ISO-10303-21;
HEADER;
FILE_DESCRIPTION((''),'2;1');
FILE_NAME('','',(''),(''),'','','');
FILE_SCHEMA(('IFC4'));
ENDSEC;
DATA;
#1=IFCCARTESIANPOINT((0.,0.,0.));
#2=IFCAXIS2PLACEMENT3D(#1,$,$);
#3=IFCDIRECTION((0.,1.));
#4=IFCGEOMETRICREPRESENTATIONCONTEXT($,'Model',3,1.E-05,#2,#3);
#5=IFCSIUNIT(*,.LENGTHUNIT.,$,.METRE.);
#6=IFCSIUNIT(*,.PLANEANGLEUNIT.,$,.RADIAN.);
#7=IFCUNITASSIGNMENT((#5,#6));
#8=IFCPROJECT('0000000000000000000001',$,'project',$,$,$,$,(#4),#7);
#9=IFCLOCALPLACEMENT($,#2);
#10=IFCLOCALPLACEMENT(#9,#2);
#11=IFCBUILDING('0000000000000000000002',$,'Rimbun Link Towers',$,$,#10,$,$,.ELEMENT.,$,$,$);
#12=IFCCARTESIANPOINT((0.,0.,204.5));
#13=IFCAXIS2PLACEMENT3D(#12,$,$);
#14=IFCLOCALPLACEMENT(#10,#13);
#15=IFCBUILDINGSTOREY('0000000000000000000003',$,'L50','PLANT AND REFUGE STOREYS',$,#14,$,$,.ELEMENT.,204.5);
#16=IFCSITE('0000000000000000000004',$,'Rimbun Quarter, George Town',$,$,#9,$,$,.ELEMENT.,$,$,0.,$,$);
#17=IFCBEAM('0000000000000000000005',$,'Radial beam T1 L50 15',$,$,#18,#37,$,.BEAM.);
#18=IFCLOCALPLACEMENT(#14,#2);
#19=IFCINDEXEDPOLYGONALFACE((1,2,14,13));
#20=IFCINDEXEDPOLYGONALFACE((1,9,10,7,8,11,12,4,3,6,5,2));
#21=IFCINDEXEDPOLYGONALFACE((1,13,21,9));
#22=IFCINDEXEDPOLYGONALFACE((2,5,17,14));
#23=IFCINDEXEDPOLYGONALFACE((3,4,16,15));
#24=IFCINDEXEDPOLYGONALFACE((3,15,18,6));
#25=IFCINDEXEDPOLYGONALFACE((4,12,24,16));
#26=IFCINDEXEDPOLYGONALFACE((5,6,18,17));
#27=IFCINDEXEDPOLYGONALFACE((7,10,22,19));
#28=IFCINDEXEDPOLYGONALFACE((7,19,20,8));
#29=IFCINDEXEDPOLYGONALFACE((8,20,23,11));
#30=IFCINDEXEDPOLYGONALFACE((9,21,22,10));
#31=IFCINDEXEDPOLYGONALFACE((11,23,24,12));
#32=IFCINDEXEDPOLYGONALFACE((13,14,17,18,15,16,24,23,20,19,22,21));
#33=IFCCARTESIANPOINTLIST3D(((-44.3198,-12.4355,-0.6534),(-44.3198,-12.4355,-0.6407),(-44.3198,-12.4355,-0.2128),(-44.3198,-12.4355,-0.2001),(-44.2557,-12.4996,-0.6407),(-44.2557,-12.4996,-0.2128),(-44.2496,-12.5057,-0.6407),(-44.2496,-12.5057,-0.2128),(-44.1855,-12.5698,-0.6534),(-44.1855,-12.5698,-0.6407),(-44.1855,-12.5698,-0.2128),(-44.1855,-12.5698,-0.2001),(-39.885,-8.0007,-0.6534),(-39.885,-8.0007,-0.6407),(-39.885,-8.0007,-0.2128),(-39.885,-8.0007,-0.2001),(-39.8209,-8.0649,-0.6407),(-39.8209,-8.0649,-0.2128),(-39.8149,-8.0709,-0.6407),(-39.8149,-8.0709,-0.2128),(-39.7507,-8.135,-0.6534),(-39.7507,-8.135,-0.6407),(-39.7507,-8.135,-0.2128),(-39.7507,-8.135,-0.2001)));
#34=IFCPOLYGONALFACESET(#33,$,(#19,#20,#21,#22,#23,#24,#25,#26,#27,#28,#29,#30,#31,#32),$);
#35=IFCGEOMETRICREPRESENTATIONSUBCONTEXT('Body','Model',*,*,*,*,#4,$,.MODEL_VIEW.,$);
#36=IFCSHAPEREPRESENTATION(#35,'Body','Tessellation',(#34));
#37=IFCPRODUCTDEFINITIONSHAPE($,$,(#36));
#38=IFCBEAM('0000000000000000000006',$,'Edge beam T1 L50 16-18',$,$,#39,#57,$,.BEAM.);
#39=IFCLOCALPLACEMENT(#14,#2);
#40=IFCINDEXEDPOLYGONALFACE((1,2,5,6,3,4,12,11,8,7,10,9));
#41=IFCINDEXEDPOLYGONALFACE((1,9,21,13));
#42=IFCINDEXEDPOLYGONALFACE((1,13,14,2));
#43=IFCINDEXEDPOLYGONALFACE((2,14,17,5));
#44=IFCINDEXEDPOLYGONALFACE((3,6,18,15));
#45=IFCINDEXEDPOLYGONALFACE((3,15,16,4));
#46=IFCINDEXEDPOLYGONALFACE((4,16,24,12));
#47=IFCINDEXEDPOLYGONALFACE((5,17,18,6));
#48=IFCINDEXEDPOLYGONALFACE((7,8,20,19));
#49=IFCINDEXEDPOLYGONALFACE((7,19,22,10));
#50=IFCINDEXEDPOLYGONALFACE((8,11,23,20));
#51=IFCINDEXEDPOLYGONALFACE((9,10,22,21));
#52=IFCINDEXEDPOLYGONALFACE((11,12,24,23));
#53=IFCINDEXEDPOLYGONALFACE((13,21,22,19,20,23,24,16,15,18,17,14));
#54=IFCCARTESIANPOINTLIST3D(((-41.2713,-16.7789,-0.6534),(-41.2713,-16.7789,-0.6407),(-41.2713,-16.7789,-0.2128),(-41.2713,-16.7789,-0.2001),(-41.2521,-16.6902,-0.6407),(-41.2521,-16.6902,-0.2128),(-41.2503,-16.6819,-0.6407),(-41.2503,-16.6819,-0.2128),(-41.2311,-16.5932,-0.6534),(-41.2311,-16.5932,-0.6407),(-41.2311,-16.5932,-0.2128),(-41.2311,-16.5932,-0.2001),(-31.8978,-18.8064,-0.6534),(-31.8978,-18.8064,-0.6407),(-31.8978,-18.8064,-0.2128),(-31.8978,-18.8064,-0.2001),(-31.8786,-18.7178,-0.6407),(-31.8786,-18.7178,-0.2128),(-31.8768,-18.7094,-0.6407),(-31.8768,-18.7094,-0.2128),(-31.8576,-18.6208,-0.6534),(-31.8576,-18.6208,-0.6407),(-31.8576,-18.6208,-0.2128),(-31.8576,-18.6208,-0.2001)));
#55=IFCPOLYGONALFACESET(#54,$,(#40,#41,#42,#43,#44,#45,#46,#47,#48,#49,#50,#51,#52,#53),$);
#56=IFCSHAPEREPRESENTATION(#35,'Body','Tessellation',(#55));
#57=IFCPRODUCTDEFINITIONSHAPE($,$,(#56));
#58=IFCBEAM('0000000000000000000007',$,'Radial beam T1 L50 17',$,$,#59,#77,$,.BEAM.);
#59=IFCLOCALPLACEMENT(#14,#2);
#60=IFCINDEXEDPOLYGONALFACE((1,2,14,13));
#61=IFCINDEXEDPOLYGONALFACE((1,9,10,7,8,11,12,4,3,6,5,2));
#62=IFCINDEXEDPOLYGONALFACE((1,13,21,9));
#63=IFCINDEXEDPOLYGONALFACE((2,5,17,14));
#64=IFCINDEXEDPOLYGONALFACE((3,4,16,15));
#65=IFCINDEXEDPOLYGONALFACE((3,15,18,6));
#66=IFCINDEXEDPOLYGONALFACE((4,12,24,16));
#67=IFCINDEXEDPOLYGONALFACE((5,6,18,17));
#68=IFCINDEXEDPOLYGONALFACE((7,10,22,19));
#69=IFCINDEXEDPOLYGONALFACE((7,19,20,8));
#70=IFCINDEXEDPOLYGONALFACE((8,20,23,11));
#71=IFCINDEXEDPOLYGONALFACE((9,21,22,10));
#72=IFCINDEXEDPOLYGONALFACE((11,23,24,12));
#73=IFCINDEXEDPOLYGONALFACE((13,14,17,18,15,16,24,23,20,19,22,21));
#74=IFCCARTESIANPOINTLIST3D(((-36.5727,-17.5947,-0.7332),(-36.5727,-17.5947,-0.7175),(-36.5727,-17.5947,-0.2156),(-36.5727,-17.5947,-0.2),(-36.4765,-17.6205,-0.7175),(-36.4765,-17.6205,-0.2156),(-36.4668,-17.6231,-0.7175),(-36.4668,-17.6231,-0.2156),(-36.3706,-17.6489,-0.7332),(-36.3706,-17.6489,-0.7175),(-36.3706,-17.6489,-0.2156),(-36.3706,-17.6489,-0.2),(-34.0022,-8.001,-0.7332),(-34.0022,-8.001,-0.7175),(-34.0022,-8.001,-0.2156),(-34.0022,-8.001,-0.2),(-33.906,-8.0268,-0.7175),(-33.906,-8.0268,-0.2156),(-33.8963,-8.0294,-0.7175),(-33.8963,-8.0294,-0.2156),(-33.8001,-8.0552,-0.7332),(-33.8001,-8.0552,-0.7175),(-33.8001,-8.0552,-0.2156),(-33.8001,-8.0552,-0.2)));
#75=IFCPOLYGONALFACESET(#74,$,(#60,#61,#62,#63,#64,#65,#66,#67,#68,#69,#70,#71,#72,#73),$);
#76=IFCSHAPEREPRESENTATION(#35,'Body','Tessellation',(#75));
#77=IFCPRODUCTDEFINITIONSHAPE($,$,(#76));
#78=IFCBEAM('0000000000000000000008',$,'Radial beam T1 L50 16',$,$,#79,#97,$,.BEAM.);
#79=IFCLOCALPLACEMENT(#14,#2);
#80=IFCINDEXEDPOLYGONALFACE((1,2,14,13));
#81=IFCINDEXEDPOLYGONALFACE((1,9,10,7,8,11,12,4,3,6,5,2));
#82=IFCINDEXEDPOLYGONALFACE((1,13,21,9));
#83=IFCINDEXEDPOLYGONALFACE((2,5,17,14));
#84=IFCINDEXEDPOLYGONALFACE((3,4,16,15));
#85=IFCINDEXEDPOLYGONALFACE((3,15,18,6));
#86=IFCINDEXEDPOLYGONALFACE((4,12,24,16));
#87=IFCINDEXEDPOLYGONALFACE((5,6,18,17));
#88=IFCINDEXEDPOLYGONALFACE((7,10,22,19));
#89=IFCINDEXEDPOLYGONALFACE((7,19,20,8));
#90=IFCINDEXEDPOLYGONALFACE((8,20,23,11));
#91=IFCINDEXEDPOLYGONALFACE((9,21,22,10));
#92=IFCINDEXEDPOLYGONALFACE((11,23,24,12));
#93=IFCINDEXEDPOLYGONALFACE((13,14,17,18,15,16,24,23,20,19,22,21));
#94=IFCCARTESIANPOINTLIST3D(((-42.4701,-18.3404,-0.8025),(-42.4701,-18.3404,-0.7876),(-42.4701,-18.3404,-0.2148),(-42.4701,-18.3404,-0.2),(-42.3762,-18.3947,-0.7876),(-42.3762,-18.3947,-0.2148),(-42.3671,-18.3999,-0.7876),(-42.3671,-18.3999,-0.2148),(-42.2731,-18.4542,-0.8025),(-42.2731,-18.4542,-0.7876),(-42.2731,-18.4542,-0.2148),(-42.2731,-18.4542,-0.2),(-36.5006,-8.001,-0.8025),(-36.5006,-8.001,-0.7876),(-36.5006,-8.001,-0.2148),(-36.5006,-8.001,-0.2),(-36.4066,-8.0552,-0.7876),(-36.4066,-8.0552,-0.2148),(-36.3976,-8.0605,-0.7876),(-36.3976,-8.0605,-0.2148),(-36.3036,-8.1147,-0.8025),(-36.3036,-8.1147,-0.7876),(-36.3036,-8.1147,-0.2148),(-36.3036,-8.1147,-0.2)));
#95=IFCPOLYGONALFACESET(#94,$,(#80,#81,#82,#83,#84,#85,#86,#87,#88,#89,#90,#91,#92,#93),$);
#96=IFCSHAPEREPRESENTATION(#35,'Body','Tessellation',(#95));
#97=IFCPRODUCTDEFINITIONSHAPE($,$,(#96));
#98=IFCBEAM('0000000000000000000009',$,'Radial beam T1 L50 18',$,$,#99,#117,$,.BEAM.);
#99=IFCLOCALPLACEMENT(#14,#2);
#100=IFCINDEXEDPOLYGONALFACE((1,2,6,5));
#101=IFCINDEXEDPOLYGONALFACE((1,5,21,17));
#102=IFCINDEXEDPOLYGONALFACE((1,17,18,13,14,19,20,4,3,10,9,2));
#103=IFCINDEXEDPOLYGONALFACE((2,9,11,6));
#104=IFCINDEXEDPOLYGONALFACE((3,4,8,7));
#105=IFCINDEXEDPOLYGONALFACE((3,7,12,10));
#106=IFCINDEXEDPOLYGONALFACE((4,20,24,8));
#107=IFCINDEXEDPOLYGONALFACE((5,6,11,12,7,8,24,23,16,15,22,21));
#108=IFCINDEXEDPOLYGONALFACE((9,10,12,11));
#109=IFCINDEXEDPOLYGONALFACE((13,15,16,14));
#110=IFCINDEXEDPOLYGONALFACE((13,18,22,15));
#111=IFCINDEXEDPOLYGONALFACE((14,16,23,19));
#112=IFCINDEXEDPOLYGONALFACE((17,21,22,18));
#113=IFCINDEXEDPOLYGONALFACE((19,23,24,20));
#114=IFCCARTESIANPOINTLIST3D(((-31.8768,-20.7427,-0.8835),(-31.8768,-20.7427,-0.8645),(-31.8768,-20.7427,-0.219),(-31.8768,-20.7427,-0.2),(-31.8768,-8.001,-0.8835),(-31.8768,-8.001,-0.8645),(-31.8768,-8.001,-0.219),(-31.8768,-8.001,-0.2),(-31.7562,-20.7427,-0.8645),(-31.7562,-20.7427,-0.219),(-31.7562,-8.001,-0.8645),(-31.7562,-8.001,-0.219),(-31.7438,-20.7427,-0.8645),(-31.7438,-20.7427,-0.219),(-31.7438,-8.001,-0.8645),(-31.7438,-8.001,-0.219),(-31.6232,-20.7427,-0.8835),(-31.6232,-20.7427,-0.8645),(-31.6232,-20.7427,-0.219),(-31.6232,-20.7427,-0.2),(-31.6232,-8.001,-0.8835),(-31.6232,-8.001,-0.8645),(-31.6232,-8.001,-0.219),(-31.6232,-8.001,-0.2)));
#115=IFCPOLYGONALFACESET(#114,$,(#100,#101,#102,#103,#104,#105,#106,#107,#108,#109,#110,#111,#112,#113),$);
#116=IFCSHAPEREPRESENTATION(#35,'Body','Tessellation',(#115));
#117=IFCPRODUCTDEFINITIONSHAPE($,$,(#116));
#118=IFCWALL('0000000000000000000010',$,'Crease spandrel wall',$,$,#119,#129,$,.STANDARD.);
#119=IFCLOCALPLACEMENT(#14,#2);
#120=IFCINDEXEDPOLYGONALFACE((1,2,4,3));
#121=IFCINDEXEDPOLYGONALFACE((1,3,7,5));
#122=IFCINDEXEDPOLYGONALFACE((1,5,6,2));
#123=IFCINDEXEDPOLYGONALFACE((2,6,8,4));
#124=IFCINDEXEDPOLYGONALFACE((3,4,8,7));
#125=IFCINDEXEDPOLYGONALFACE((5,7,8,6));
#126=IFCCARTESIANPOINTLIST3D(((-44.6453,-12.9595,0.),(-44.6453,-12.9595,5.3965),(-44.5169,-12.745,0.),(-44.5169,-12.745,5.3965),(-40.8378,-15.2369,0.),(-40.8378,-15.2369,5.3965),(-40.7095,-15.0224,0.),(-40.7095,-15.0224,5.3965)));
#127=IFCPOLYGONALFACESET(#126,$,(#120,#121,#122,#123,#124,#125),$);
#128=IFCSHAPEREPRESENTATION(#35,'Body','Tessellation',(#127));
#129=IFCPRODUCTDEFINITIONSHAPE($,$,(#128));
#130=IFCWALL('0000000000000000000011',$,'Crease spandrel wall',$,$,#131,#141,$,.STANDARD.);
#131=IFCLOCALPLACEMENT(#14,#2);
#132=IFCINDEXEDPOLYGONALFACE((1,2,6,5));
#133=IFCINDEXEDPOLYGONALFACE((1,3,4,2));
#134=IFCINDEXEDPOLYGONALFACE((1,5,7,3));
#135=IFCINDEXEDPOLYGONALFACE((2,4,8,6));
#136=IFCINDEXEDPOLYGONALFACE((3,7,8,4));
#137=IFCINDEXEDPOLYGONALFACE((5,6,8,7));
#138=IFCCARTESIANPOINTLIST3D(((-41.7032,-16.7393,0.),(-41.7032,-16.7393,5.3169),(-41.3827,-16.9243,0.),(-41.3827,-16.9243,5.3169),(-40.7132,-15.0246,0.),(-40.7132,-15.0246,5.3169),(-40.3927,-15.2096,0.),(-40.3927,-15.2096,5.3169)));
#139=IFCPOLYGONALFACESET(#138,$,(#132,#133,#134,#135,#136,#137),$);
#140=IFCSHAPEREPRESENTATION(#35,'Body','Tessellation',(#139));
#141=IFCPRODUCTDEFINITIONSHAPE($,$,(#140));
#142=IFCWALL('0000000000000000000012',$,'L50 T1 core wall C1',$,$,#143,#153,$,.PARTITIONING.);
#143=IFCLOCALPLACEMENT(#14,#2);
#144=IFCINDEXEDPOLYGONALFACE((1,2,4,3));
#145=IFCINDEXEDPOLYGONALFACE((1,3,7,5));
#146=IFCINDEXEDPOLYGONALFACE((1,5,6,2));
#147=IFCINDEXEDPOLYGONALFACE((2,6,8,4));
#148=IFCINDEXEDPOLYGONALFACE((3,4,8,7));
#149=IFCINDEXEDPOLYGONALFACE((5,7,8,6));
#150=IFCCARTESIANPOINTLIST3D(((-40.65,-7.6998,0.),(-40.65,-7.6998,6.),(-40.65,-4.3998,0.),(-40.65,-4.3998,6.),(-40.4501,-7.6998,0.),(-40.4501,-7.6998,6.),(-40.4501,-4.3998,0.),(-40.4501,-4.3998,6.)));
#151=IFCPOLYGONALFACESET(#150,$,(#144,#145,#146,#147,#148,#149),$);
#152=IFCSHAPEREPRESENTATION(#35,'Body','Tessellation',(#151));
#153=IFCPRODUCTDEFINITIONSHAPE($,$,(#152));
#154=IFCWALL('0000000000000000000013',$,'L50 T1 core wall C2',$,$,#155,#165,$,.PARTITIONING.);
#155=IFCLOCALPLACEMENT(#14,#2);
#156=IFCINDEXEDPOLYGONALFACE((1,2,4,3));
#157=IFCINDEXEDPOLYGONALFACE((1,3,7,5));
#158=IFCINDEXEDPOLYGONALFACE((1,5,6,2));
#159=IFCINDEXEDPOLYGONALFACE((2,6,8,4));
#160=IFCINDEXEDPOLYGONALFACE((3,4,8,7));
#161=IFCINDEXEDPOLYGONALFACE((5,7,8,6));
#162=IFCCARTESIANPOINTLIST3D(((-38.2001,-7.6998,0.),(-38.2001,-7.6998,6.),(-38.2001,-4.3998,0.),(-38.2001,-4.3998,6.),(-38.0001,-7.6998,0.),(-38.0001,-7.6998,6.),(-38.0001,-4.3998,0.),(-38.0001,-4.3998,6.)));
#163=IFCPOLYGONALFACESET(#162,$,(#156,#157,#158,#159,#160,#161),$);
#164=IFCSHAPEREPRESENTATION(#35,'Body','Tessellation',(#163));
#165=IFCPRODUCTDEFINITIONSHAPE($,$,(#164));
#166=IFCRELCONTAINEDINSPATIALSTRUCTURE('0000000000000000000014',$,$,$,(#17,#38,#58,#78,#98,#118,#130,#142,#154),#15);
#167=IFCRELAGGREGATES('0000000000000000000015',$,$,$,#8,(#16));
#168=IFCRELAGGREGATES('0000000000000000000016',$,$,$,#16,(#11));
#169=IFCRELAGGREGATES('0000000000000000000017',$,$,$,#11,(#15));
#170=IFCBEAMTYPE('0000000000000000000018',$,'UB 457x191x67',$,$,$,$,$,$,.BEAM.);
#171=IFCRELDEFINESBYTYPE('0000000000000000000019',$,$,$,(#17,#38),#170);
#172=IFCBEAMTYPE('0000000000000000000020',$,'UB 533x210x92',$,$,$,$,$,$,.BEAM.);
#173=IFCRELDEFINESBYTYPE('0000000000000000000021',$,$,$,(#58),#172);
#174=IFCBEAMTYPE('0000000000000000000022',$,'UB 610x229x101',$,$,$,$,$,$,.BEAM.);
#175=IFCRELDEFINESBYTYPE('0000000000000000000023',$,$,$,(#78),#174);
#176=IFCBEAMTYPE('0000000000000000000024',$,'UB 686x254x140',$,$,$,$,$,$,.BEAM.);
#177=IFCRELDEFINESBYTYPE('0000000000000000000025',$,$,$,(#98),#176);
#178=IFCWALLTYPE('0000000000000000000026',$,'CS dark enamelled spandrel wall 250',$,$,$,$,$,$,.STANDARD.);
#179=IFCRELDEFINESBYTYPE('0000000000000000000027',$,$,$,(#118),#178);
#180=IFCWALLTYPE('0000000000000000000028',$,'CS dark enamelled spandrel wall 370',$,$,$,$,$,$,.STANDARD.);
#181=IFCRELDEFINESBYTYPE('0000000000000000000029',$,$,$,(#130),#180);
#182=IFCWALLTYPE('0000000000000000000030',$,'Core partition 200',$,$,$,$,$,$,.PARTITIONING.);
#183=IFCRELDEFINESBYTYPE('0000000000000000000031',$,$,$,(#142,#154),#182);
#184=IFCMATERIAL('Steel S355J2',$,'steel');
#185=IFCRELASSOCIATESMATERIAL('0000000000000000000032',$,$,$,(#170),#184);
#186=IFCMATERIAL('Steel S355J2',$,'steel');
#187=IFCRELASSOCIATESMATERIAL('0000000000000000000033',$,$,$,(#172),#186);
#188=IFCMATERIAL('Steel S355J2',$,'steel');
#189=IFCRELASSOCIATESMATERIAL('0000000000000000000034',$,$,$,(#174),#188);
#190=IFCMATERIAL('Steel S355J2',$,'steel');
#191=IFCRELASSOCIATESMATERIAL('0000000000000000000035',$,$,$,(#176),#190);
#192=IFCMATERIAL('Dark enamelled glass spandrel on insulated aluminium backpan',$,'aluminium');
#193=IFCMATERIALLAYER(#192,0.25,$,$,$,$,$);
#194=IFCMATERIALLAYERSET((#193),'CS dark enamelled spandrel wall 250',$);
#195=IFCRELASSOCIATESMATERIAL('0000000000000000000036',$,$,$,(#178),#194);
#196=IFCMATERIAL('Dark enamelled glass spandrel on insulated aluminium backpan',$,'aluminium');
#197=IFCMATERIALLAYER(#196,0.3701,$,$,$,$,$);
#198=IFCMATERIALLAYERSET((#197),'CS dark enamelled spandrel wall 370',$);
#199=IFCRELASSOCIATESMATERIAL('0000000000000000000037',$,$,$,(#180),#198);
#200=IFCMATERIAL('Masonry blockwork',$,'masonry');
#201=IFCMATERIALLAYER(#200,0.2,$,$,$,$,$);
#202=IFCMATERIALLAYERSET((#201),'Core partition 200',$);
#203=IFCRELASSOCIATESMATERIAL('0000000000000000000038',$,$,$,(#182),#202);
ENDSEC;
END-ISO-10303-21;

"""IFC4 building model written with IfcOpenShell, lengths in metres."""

from ifc_helpers import new_model, si_unit, direction, frame, frame_2d, origin, origin_2d, place, context, subcontext, project, spatial, rectangle, i_section, extrude, material, layer, layer_set, material_profile, profile_set, type_object, element, save


model = new_model("IFC4")

# Units and contexts
model_context = context("Model", 3, precision=1e-05, world=origin(), true_north=direction((0.0, 1.0)))
body_context = subcontext(model_context, "Body", "Model", "MODEL_VIEW")
ifc_project = project(units=[si_unit("LENGTHUNIT", "METRE"), si_unit("PLANEANGLEUNIT", "RADIAN")], contexts=[model_context])

# Site, building, storey
site_placement = place(None, origin())
site = spatial("IfcSite", under=ifc_project, at=site_placement, Name="Rimbun Quarter, George Town", CompositionType="ELEMENT", RefElevation=0.0)
building_placement = place(site_placement, origin())
building = spatial("IfcBuilding", under=site, at=building_placement, Name="Rimbun Link Towers", CompositionType="ELEMENT")
storey_placement = place(building_placement, frame((0.0, 0.0, 204.5)))
storey = spatial("IfcBuildingStorey", under=building, at=storey_placement, Name="L50", Description="PLANT AND REFUGE STOREYS", CompositionType="ELEMENT", Elevation=204.5)

# Beams
ifc_material_1 = material(Name="Steel S355J2", Category="steel")
ifc_material_profile_1 = material_profile(ifc_material_1, i_section(OverallWidth=0.1899, OverallDepth=0.4534, WebThickness=0.0085, FlangeThickness=0.0127, at=origin_2d()), Name="UB 457x191x67")
ifc_profile_set_1 = profile_set([ifc_material_profile_1], Name="Steel S355J2")
beam_type_1 = type_object("IfcBeamType", Name="UB 457x191x67", PredefinedType="BEAM", material=ifc_profile_set_1)
beam_1_placement = place(storey_placement, frame((-39.8179, -8.0679, -0.4268), z_axis=(-0.707107, -0.707107, 0.0), x_axis=(0.707107, -0.707107, 0.0)))
element("IfcBeam", 1, at=beam_1_placement, inside=storey, type_object=beam_type_1, Name="Radial beam T1 L50 15", PredefinedType="BEAM", context=body_context, shape_type="SweptSolid", body=[
    extrude(i_section(OverallWidth=0.1899, OverallDepth=0.4534, WebThickness=0.0085, FlangeThickness=0.0127, at=origin_2d()), origin(), (0.0, 0.0, 1.0), 6.2717),
])
beam_2_placement = place(storey_placement, frame((-41.2512, -16.686, -0.4268), z_axis=(0.977395, -0.21142, 0.0), x_axis=(0.21142, 0.977395, 0.0)))
element("IfcBeam", 2, at=beam_2_placement, inside=storey, type_object=beam_type_1, Name="Edge beam T1 L50 16-18", PredefinedType="BEAM", context=body_context, shape_type="SweptSolid", body=[
    extrude(i_section(OverallWidth=0.1899, OverallDepth=0.4534, WebThickness=0.0085, FlangeThickness=0.0127, at=origin_2d()), origin(), (0.0, 0.0, 1.0), 9.5903),
])
ifc_material_2 = material(Name="Steel S355J2", Category="steel")
ifc_material_profile_2 = material_profile(ifc_material_2, i_section(OverallWidth=0.2092, OverallDepth=0.5332, WebThickness=0.01, FlangeThickness=0.0156, at=origin_2d()), Name="UB 533x210x92")
ifc_profile_set_2 = profile_set([ifc_material_profile_2], Name="Steel S355J2")
beam_type_2 = type_object("IfcBeamType", Name="UB 533x210x92", PredefinedType="BEAM", material=ifc_profile_set_2)
beam_3_placement = place(storey_placement, frame((-33.9011, -8.0281, -0.4666), z_axis=(-0.258811, -0.965928, 0.0), x_axis=(0.965928, -0.258811, 0.0)))
element("IfcBeam", 3, at=beam_3_placement, inside=storey, type_object=beam_type_2, Name="Radial beam T1 L50 17", PredefinedType="BEAM", context=body_context, shape_type="SweptSolid", body=[
    extrude(i_section(OverallWidth=0.2092, OverallDepth=0.5332, WebThickness=0.01, FlangeThickness=0.0156, at=origin_2d()), origin(), (0.0, 0.0, 1.0), 9.9321),
])
ifc_material_3 = material(Name="Steel S355J2", Category="steel")
ifc_material_profile_3 = material_profile(ifc_material_3, i_section(OverallWidth=0.2275, OverallDepth=0.6025, WebThickness=0.0105, FlangeThickness=0.0149, at=origin_2d()), Name="UB 610x229x101")
ifc_profile_set_3 = profile_set([ifc_material_profile_3], Name="Steel S355J2")
beam_type_3 = type_object("IfcBeamType", Name="UB 610x229x101", PredefinedType="BEAM", material=ifc_profile_set_3)
beam_4_placement = place(storey_placement, frame((-36.4021, -8.0579, -0.5012), z_axis=(-0.500003, -0.866023, 0.0), x_axis=(0.866023, -0.500003, 0.0)))
element("IfcBeam", 4, at=beam_4_placement, inside=storey, type_object=beam_type_3, Name="Radial beam T1 L50 16", PredefinedType="BEAM", context=body_context, shape_type="SweptSolid", body=[
    extrude(i_section(OverallWidth=0.2275, OverallDepth=0.6025, WebThickness=0.0105, FlangeThickness=0.0149, at=origin_2d()), origin(), (0.0, 0.0, 1.0), 11.939),
])
ifc_material_4 = material(Name="Steel S355J2", Category="steel")
ifc_material_profile_4 = material_profile(ifc_material_4, i_section(OverallWidth=0.2537, OverallDepth=0.6836, WebThickness=0.0125, FlangeThickness=0.019, at=origin_2d()), Name="UB 686x254x140")
ifc_profile_set_4 = profile_set([ifc_material_profile_4], Name="Steel S355J2")
beam_type_4 = type_object("IfcBeamType", Name="UB 686x254x140", PredefinedType="BEAM", material=ifc_profile_set_4)
beam_5_placement = place(storey_placement, frame((-31.75, -8.001, -0.5417), z_axis=(0.0, -1.0, 0.0), x_axis=(1.0, 0.0, 0.0)))
element("IfcBeam", 5, at=beam_5_placement, inside=storey, type_object=beam_type_4, Name="Radial beam T1 L50 18", PredefinedType="BEAM", context=body_context, shape_type="SweptSolid", body=[
    extrude(i_section(OverallWidth=0.2537, OverallDepth=0.6836, WebThickness=0.0125, FlangeThickness=0.019, at=origin_2d()), origin(), (0.0, 0.0, 1.0), 12.7417),
])

# Walls
ifc_material_5 = material(Name="Dark enamelled glass spandrel on insulated aluminium backpan", Category="aluminium")
ifc_layer_1 = layer(ifc_material_5, 0.25)
ifc_layer_set_1 = layer_set([ifc_layer_1], Name="CS dark enamelled spandrel wall 250")
wall_type_1 = type_object("IfcWallType", Name="CS dark enamelled spandrel wall 250", PredefinedType="STANDARD", material=ifc_layer_set_1)
wall_1_placement = place(storey_placement, frame((-40.7737, -15.1296, 0.0), z_axis=(0.0, 0.0, 1.0), x_axis=(-0.858196, 0.513322, 0.0)))
element("IfcWall", 6, at=wall_1_placement, inside=storey, type_object=wall_type_1, Name="Crease spandrel wall", PredefinedType="STANDARD", context=body_context, shape_type="SweptSolid", body=[
    extrude(rectangle(XDim=4.4365, YDim=0.25, at=frame_2d((2.2183, 0.0))), origin(), (0.0, 0.0, 1.0), 5.3965),
])
ifc_material_6 = material(Name="Dark enamelled glass spandrel on insulated aluminium backpan", Category="aluminium")
ifc_layer_2 = layer(ifc_material_6, 0.3701)
ifc_layer_set_2 = layer_set([ifc_layer_2], Name="CS dark enamelled spandrel wall 370")
wall_type_2 = type_object("IfcWallType", Name="CS dark enamelled spandrel wall 370", PredefinedType="STANDARD", material=ifc_layer_set_2)
wall_2_placement = place(storey_placement, frame((-41.543, -16.8318, 0.0), z_axis=(0.0, 0.0, 1.0), x_axis=(0.500025, 0.866011, 0.0)))
element("IfcWall", 7, at=wall_2_placement, inside=storey, type_object=wall_type_2, Name="Crease spandrel wall", PredefinedType="STANDARD", context=body_context, shape_type="SweptSolid", body=[
    extrude(rectangle(XDim=1.98, YDim=0.3701, at=frame_2d((0.99, 0.0))), origin(), (0.0, 0.0, 1.0), 5.3169),
])
ifc_material_7 = material(Name="Masonry blockwork", Category="masonry")
ifc_layer_3 = layer(ifc_material_7, 0.2)
ifc_layer_set_3 = layer_set([ifc_layer_3], Name="Core partition 200")
wall_type_3 = type_object("IfcWallType", Name="Core partition 200", PredefinedType="PARTITIONING", material=ifc_layer_set_3)
for number, where, z_axis, x_axis, name in (
    (8, (-40.55, -4.3999, 0.0), (0.0, 0.0, 1.0), (0.0, -1.0, 0.0), "L50 T1 core wall C1"),
    (9, (-38.1001, -4.3999, 0.0), (0.0, 0.0, 1.0), (0.0, -1.0, 0.0), "L50 T1 core wall C2"),
):
    element("IfcWall", number, at=place(storey_placement, frame(where, z_axis=z_axis, x_axis=x_axis)), inside=storey, type_object=wall_type_3, Name=name, PredefinedType="PARTITIONING", context=body_context, shape_type="SweptSolid", body=[
        extrude(rectangle(XDim=3.3, YDim=0.2, at=frame_2d((1.6499, 0.0))), origin(), (0.0, 0.0, 1.0), 6.0),
    ])

save(model, "model.ifc")
